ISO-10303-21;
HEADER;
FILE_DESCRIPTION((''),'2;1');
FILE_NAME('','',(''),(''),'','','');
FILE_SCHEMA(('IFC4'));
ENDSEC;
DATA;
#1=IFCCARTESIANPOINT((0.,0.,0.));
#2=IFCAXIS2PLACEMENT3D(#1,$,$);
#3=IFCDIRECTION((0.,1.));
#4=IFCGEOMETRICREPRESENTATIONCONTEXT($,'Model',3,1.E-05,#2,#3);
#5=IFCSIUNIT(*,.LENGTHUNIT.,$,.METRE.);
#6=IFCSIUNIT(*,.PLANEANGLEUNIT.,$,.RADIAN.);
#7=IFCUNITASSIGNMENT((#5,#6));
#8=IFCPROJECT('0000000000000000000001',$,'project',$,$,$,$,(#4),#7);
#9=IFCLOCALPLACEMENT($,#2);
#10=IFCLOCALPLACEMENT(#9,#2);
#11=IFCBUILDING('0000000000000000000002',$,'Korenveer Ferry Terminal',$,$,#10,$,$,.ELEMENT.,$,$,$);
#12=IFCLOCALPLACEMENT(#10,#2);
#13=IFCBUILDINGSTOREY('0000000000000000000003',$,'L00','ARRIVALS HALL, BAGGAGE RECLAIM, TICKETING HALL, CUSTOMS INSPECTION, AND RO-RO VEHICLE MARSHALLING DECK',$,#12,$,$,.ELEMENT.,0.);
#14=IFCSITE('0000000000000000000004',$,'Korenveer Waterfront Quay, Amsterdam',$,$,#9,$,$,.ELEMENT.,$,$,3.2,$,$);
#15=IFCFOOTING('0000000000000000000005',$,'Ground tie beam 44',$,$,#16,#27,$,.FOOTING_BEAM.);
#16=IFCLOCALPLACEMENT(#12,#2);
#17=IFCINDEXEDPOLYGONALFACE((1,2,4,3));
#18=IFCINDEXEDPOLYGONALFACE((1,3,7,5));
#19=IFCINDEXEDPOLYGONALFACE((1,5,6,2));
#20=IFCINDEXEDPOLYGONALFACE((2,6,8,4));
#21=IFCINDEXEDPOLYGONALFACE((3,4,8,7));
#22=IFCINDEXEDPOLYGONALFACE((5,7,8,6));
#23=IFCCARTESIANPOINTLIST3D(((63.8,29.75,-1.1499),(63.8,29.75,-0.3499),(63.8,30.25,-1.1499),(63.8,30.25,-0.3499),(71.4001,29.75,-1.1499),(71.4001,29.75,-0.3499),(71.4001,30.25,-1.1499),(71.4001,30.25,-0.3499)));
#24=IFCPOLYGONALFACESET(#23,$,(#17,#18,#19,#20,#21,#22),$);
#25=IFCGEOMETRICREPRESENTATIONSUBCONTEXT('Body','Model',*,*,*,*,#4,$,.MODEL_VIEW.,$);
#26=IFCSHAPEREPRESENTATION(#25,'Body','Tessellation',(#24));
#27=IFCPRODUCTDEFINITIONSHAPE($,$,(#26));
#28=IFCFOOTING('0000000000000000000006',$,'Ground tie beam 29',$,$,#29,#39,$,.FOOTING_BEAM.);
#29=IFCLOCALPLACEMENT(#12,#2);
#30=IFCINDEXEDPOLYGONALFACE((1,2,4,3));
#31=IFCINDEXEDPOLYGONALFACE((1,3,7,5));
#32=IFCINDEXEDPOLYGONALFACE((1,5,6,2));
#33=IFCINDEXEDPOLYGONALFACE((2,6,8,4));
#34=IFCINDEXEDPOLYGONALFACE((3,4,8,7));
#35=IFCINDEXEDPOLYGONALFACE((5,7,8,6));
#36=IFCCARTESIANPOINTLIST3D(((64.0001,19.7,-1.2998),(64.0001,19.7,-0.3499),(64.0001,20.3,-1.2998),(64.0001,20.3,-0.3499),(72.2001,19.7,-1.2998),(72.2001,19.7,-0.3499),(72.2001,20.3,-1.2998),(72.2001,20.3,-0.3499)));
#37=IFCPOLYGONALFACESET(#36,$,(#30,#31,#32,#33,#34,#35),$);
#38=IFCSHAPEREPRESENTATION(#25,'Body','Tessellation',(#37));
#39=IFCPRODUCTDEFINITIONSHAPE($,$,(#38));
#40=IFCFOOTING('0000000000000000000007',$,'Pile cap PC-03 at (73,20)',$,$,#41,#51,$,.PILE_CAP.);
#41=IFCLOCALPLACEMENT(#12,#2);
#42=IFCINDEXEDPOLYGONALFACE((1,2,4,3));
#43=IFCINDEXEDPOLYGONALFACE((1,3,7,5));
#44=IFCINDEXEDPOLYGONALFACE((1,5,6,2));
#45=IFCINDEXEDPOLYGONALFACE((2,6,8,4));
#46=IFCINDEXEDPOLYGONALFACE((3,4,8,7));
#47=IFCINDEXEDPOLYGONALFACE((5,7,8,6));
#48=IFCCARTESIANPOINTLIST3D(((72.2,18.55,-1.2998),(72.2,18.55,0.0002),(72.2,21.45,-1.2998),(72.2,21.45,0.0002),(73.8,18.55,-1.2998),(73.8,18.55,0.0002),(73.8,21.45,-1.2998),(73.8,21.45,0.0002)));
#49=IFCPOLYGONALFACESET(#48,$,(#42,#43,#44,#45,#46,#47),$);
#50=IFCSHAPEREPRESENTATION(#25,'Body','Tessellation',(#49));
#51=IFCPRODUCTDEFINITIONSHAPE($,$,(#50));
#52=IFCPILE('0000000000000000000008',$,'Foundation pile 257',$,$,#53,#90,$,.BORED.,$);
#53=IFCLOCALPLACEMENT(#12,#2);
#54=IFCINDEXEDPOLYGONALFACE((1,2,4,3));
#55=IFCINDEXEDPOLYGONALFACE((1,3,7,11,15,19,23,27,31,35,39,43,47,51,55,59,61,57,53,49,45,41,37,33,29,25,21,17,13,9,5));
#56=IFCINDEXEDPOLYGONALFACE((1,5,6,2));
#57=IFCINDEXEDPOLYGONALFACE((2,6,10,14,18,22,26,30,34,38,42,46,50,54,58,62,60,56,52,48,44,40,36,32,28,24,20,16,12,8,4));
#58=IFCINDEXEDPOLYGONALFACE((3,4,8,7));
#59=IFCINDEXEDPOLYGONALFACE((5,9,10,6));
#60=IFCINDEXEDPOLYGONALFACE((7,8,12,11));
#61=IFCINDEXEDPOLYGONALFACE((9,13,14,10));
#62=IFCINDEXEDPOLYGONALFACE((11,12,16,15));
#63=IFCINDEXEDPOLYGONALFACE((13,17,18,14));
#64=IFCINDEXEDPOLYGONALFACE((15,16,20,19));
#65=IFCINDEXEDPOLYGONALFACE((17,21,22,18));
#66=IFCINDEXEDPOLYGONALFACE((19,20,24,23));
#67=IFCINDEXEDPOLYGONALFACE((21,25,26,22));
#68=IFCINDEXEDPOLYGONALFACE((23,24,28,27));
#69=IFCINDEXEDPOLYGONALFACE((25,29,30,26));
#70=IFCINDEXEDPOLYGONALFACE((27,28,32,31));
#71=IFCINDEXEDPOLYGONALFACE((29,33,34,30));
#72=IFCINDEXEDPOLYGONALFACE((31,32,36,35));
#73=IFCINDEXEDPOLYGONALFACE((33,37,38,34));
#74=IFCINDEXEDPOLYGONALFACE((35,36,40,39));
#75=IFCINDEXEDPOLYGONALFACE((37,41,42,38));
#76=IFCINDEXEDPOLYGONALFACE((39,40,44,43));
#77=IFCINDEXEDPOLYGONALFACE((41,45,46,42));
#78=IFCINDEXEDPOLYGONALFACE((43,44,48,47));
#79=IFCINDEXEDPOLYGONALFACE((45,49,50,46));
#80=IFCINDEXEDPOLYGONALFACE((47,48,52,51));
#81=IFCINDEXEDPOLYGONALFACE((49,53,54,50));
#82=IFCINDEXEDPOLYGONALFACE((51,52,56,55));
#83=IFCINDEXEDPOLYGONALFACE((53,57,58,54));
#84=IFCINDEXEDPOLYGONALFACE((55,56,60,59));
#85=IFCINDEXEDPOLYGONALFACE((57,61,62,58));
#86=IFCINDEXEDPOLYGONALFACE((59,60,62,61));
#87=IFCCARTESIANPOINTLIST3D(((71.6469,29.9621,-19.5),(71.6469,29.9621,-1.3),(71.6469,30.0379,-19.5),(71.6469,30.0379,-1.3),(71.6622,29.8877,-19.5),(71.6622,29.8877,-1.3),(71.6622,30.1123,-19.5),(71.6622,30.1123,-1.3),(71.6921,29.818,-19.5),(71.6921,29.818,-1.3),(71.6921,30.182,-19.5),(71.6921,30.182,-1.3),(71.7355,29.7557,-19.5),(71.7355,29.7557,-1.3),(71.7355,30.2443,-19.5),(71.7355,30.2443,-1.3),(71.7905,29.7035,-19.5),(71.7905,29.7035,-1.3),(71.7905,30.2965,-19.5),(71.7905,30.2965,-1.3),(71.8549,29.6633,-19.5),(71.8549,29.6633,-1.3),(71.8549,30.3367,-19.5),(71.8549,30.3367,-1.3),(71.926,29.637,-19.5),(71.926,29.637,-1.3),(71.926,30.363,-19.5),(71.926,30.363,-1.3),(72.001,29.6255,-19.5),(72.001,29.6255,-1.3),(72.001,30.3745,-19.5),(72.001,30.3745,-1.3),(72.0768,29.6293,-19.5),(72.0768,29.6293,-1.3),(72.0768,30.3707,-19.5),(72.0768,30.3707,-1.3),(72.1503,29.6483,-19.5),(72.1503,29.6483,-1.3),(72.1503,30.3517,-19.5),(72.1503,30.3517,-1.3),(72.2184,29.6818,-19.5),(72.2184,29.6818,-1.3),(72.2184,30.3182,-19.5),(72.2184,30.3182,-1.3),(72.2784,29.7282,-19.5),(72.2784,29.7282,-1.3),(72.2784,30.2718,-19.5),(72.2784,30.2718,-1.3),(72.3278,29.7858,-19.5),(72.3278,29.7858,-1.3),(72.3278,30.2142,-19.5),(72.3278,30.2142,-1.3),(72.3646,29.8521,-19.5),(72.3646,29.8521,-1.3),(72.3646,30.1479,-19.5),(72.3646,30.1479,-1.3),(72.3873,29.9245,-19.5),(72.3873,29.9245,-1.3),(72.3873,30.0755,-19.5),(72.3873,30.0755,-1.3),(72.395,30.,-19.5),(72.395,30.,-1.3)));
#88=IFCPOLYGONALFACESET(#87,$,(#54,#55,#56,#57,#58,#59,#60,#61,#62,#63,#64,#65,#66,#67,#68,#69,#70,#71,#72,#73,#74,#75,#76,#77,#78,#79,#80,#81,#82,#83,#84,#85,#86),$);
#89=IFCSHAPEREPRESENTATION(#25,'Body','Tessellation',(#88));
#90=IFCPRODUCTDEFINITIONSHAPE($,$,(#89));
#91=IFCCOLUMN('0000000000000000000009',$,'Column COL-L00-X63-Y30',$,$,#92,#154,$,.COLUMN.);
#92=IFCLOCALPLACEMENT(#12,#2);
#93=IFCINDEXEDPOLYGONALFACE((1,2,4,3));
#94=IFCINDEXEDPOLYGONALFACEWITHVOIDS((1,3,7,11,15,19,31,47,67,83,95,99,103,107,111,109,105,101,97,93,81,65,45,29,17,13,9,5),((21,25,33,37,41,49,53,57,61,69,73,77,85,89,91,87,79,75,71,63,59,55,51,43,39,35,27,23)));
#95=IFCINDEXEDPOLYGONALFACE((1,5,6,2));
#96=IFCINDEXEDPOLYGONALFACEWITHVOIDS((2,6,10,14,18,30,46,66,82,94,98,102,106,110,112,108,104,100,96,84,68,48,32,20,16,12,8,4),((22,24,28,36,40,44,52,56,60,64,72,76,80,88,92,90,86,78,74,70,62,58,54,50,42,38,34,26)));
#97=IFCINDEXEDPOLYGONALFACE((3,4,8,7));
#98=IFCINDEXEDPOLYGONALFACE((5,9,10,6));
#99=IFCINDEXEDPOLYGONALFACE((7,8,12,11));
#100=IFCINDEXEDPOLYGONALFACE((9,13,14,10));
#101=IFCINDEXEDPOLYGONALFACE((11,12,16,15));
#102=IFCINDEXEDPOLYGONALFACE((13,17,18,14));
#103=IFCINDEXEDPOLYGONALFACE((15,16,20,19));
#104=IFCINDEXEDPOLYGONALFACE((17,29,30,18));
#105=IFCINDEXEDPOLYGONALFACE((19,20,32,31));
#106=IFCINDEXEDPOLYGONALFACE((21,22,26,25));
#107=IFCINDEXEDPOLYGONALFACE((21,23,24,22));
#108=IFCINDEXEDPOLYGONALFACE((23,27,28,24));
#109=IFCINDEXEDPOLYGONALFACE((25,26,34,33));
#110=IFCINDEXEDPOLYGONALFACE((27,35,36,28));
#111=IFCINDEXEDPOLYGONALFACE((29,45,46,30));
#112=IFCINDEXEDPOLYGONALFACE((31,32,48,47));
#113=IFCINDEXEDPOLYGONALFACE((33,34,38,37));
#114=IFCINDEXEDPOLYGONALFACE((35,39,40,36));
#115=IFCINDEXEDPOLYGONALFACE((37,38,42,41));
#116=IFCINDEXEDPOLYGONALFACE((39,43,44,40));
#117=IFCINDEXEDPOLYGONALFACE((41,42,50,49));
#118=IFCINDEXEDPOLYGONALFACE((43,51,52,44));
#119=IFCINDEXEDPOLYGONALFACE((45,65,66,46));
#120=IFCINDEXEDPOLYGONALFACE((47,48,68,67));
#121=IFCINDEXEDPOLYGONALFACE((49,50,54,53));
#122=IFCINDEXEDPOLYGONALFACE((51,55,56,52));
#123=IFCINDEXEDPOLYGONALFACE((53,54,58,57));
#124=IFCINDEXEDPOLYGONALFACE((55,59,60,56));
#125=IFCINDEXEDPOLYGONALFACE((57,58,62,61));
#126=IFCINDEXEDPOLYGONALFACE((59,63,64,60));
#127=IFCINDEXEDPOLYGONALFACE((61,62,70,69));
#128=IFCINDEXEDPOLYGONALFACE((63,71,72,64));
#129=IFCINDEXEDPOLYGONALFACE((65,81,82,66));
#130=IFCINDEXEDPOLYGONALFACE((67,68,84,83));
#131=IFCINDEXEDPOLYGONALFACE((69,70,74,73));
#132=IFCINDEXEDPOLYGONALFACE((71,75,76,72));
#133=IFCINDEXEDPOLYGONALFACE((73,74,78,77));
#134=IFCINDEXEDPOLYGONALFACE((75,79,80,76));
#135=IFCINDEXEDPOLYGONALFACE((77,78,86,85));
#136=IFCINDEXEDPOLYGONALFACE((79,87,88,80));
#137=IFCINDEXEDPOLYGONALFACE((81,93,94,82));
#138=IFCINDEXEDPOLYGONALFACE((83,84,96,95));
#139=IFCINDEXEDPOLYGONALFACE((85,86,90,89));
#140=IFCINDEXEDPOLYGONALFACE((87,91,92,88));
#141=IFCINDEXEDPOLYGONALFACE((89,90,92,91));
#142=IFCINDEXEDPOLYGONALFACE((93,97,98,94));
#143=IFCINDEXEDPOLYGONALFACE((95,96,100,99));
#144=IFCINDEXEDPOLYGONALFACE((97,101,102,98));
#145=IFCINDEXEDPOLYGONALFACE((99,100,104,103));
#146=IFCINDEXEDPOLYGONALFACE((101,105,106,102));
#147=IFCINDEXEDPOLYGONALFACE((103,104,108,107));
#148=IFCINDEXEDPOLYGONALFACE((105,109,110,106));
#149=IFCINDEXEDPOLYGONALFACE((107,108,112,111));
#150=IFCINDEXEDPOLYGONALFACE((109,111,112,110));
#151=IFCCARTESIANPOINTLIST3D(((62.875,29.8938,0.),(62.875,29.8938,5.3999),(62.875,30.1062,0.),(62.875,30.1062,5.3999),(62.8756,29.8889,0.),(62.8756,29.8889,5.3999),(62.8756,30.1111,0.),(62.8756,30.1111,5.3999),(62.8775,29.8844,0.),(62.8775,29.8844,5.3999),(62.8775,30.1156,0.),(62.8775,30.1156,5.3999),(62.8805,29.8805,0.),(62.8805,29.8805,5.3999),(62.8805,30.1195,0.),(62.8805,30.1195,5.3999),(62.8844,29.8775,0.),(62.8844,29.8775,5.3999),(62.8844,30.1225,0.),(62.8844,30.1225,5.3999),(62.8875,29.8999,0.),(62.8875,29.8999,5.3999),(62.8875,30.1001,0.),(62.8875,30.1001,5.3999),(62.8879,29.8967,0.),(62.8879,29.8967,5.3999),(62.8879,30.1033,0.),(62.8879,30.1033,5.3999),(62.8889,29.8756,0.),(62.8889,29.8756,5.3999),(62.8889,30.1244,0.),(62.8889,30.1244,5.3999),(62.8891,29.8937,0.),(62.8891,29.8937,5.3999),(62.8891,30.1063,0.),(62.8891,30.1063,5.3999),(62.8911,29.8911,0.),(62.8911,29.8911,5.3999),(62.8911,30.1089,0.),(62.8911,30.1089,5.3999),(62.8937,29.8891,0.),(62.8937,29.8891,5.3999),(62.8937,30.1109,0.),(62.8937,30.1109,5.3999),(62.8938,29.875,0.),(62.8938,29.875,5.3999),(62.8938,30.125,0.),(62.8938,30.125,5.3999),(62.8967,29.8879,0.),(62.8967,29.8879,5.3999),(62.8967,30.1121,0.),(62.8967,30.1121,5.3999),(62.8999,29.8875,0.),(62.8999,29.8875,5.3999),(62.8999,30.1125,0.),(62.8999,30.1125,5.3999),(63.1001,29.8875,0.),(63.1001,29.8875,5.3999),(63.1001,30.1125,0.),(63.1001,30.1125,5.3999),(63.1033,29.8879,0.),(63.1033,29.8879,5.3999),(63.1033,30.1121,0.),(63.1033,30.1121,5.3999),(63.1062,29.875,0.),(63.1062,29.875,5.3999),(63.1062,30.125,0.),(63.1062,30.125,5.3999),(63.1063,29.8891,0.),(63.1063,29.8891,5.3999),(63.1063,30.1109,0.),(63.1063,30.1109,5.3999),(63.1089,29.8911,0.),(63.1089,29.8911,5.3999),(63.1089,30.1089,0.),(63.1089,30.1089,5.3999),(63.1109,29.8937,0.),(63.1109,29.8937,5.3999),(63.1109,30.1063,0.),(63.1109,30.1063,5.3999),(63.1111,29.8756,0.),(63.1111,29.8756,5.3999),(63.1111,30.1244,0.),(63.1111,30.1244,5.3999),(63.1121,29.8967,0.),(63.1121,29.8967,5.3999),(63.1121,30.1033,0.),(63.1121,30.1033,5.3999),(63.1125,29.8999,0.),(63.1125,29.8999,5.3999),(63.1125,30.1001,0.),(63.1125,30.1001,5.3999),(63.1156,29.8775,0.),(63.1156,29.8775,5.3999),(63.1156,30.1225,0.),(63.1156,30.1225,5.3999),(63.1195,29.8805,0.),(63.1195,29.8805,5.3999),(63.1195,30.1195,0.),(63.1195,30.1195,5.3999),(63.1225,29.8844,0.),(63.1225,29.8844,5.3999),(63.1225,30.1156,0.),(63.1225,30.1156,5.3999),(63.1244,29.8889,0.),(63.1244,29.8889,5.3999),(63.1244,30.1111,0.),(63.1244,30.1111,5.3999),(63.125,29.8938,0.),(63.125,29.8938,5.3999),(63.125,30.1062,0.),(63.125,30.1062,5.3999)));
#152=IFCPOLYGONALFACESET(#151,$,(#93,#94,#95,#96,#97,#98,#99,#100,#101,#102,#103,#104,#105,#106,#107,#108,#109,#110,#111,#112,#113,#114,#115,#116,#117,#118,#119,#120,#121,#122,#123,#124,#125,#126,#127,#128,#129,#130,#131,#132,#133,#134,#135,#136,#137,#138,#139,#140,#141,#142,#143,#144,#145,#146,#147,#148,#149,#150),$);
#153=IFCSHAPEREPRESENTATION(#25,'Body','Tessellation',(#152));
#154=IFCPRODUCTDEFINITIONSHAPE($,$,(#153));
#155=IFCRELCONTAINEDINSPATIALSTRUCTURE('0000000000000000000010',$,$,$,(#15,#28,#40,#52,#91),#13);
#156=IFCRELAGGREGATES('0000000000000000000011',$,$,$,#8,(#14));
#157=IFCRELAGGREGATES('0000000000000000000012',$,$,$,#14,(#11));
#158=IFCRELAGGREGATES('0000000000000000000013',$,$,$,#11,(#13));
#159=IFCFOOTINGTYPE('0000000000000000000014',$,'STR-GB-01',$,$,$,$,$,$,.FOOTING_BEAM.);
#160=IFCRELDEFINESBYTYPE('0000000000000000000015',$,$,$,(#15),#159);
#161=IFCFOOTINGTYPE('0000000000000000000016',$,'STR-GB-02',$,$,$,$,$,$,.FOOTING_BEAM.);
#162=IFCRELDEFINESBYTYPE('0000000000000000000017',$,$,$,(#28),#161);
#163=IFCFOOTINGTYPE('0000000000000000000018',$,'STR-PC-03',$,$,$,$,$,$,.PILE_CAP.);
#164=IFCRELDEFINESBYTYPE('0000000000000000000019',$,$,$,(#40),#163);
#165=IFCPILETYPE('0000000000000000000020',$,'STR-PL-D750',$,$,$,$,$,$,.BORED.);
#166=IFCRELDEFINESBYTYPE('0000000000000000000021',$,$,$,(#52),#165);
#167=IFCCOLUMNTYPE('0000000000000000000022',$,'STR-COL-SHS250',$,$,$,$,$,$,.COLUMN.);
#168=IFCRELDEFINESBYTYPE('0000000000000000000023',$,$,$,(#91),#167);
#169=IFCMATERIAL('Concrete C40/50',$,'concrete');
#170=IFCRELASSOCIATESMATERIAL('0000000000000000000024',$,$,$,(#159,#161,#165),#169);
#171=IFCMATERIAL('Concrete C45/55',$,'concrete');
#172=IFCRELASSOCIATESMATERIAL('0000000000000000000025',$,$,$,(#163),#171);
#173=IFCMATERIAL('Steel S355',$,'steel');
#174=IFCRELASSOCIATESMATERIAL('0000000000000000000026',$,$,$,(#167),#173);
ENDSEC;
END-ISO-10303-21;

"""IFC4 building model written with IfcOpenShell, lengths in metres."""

from ifc_helpers import new_model, si_unit, direction, frame, origin, origin_2d, place, context, subcontext, project, spatial, rectangle, hollow_rectangle, circle, extrude, material, material_profile, profile_set, type_object, element, save


model = new_model("IFC4")

# Units and contexts
model_context = context("Model", 3, precision=1e-05, world=origin(), true_north=direction((0.0, 1.0)))
body_context = subcontext(model_context, "Body", "Model", "MODEL_VIEW")
ifc_project = project(units=[si_unit("LENGTHUNIT", "METRE"), si_unit("PLANEANGLEUNIT", "RADIAN")], contexts=[model_context])

# Site, building, storey
site_placement = place(None, origin())
site = spatial("IfcSite", under=ifc_project, at=site_placement, Name="Korenveer Waterfront Quay, Amsterdam", CompositionType="ELEMENT", RefElevation=3.2)
building_placement = place(site_placement, origin())
building = spatial("IfcBuilding", under=site, at=building_placement, Name="Korenveer Ferry Terminal", CompositionType="ELEMENT")
storey_placement = place(building_placement, origin())
storey = spatial("IfcBuildingStorey", under=building, at=storey_placement, Name="L00", Description="ARRIVALS HALL, BAGGAGE RECLAIM, TICKETING HALL, CUSTOMS INSPECTION, AND RO-RO VEHICLE MARSHALLING DECK", CompositionType="ELEMENT", Elevation=0.0)

# Footings
ifc_material_1 = material(Name="Concrete C40/50", Category="concrete")
footing_type_1 = type_object("IfcFootingType", Name="STR-GB-01", PredefinedType="FOOTING_BEAM", material=ifc_material_1)
footing_1_placement = place(storey_placement, frame((67.6001, 30.0, -1.1499), z_axis=(0.0, 0.0, 1.0), x_axis=(1.0, 0.0, 0.0)))
element("IfcFooting", 1, at=footing_1_placement, inside=storey, type_object=footing_type_1, Name="Ground tie beam 44", PredefinedType="FOOTING_BEAM", context=body_context, shape_type="SweptSolid", body=[
    extrude(rectangle(XDim=7.6001, YDim=0.5, at=origin_2d()), origin(), (0.0, 0.0, 1.0), 0.8),
])
footing_type_2 = type_object("IfcFootingType", Name="STR-GB-02", PredefinedType="FOOTING_BEAM", material=ifc_material_1)
footing_2_placement = place(storey_placement, frame((68.1001, 20.0, -1.2998), z_axis=(0.0, 0.0, 1.0), x_axis=(1.0, 0.0, 0.0)))
element("IfcFooting", 2, at=footing_2_placement, inside=storey, type_object=footing_type_2, Name="Ground tie beam 29", PredefinedType="FOOTING_BEAM", context=body_context, shape_type="SweptSolid", body=[
    extrude(rectangle(XDim=8.2, YDim=0.6001, at=origin_2d()), origin(), (0.0, 0.0, 1.0), 0.95),
])
ifc_material_2 = material(Name="Concrete C45/55", Category="concrete")
footing_type_3 = type_object("IfcFootingType", Name="STR-PC-03", PredefinedType="PILE_CAP", material=ifc_material_2)
footing_3_placement = place(storey_placement, frame((73.0, 20.0, -1.2998), z_axis=(0.0, 0.0, 1.0), x_axis=(1.0, 0.0, 0.0)))
element("IfcFooting", 3, at=footing_3_placement, inside=storey, type_object=footing_type_3, Name="Pile cap PC-03 at (73,20)", PredefinedType="PILE_CAP", context=body_context, shape_type="SweptSolid", body=[
    extrude(rectangle(XDim=1.6001, YDim=2.8999, at=origin_2d()), origin(), (0.0, 0.0, 1.0), 1.3),
])

# Pile
ifc_material_profile_1 = material_profile(ifc_material_1, circle(Radius=0.375, at=origin_2d()), Name="PILE D750")
ifc_profile_set_1 = profile_set([ifc_material_profile_1], Name="Concrete C40/50")
pile_type = type_object("IfcPileType", Name="STR-PL-D750", PredefinedType="BORED", material=ifc_profile_set_1)
pile_placement = place(storey_placement, frame((72.02, 30.0, -1.3), z_axis=(0.0, 0.0, -1.0), x_axis=(1.0, 0.0, 0.0)))
element("IfcPile", 4, at=pile_placement, inside=storey, type_object=pile_type, Name="Foundation pile 257", PredefinedType="BORED", context=body_context, shape_type="SweptSolid", body=[
    extrude(circle(Radius=0.375, at=origin_2d()), origin(), (0.0, 0.0, 1.0), 18.2),
])

# Column
ifc_material_3 = material(Name="Steel S355", Category="steel")
ifc_material_profile_2 = material_profile(ifc_material_3, hollow_rectangle(XDim=0.25, YDim=0.25, WallThickness=0.0125, InnerFilletRadius=0.0125, OuterFilletRadius=0.0188, at=origin_2d()), Name="SHS 250x250x12.5")
ifc_profile_set_2 = profile_set([ifc_material_profile_2], Name="Steel S355")
column_type = type_object("IfcColumnType", Name="STR-COL-SHS250", PredefinedType="COLUMN", material=ifc_profile_set_2)
for number, where, z_axis, x_axis, name in (
    (5, (63.0, 30.0, 0.0), (0.0, 0.0, 1.0), (1.0, 0.0, 0.0), "Column COL-L00-X63-Y30"),
):
    element("IfcColumn", number, at=place(storey_placement, frame(where, z_axis=z_axis, x_axis=x_axis)), inside=storey, type_object=column_type, Name=name, PredefinedType="COLUMN", context=body_context, shape_type="SweptSolid", body=[
        extrude(hollow_rectangle(XDim=0.25, YDim=0.25, WallThickness=0.0125, InnerFilletRadius=0.0125, OuterFilletRadius=0.0188, at=origin_2d()), origin(), (0.0, 0.0, 1.0), 5.3999),
    ])

save(model, "model.ifc")
